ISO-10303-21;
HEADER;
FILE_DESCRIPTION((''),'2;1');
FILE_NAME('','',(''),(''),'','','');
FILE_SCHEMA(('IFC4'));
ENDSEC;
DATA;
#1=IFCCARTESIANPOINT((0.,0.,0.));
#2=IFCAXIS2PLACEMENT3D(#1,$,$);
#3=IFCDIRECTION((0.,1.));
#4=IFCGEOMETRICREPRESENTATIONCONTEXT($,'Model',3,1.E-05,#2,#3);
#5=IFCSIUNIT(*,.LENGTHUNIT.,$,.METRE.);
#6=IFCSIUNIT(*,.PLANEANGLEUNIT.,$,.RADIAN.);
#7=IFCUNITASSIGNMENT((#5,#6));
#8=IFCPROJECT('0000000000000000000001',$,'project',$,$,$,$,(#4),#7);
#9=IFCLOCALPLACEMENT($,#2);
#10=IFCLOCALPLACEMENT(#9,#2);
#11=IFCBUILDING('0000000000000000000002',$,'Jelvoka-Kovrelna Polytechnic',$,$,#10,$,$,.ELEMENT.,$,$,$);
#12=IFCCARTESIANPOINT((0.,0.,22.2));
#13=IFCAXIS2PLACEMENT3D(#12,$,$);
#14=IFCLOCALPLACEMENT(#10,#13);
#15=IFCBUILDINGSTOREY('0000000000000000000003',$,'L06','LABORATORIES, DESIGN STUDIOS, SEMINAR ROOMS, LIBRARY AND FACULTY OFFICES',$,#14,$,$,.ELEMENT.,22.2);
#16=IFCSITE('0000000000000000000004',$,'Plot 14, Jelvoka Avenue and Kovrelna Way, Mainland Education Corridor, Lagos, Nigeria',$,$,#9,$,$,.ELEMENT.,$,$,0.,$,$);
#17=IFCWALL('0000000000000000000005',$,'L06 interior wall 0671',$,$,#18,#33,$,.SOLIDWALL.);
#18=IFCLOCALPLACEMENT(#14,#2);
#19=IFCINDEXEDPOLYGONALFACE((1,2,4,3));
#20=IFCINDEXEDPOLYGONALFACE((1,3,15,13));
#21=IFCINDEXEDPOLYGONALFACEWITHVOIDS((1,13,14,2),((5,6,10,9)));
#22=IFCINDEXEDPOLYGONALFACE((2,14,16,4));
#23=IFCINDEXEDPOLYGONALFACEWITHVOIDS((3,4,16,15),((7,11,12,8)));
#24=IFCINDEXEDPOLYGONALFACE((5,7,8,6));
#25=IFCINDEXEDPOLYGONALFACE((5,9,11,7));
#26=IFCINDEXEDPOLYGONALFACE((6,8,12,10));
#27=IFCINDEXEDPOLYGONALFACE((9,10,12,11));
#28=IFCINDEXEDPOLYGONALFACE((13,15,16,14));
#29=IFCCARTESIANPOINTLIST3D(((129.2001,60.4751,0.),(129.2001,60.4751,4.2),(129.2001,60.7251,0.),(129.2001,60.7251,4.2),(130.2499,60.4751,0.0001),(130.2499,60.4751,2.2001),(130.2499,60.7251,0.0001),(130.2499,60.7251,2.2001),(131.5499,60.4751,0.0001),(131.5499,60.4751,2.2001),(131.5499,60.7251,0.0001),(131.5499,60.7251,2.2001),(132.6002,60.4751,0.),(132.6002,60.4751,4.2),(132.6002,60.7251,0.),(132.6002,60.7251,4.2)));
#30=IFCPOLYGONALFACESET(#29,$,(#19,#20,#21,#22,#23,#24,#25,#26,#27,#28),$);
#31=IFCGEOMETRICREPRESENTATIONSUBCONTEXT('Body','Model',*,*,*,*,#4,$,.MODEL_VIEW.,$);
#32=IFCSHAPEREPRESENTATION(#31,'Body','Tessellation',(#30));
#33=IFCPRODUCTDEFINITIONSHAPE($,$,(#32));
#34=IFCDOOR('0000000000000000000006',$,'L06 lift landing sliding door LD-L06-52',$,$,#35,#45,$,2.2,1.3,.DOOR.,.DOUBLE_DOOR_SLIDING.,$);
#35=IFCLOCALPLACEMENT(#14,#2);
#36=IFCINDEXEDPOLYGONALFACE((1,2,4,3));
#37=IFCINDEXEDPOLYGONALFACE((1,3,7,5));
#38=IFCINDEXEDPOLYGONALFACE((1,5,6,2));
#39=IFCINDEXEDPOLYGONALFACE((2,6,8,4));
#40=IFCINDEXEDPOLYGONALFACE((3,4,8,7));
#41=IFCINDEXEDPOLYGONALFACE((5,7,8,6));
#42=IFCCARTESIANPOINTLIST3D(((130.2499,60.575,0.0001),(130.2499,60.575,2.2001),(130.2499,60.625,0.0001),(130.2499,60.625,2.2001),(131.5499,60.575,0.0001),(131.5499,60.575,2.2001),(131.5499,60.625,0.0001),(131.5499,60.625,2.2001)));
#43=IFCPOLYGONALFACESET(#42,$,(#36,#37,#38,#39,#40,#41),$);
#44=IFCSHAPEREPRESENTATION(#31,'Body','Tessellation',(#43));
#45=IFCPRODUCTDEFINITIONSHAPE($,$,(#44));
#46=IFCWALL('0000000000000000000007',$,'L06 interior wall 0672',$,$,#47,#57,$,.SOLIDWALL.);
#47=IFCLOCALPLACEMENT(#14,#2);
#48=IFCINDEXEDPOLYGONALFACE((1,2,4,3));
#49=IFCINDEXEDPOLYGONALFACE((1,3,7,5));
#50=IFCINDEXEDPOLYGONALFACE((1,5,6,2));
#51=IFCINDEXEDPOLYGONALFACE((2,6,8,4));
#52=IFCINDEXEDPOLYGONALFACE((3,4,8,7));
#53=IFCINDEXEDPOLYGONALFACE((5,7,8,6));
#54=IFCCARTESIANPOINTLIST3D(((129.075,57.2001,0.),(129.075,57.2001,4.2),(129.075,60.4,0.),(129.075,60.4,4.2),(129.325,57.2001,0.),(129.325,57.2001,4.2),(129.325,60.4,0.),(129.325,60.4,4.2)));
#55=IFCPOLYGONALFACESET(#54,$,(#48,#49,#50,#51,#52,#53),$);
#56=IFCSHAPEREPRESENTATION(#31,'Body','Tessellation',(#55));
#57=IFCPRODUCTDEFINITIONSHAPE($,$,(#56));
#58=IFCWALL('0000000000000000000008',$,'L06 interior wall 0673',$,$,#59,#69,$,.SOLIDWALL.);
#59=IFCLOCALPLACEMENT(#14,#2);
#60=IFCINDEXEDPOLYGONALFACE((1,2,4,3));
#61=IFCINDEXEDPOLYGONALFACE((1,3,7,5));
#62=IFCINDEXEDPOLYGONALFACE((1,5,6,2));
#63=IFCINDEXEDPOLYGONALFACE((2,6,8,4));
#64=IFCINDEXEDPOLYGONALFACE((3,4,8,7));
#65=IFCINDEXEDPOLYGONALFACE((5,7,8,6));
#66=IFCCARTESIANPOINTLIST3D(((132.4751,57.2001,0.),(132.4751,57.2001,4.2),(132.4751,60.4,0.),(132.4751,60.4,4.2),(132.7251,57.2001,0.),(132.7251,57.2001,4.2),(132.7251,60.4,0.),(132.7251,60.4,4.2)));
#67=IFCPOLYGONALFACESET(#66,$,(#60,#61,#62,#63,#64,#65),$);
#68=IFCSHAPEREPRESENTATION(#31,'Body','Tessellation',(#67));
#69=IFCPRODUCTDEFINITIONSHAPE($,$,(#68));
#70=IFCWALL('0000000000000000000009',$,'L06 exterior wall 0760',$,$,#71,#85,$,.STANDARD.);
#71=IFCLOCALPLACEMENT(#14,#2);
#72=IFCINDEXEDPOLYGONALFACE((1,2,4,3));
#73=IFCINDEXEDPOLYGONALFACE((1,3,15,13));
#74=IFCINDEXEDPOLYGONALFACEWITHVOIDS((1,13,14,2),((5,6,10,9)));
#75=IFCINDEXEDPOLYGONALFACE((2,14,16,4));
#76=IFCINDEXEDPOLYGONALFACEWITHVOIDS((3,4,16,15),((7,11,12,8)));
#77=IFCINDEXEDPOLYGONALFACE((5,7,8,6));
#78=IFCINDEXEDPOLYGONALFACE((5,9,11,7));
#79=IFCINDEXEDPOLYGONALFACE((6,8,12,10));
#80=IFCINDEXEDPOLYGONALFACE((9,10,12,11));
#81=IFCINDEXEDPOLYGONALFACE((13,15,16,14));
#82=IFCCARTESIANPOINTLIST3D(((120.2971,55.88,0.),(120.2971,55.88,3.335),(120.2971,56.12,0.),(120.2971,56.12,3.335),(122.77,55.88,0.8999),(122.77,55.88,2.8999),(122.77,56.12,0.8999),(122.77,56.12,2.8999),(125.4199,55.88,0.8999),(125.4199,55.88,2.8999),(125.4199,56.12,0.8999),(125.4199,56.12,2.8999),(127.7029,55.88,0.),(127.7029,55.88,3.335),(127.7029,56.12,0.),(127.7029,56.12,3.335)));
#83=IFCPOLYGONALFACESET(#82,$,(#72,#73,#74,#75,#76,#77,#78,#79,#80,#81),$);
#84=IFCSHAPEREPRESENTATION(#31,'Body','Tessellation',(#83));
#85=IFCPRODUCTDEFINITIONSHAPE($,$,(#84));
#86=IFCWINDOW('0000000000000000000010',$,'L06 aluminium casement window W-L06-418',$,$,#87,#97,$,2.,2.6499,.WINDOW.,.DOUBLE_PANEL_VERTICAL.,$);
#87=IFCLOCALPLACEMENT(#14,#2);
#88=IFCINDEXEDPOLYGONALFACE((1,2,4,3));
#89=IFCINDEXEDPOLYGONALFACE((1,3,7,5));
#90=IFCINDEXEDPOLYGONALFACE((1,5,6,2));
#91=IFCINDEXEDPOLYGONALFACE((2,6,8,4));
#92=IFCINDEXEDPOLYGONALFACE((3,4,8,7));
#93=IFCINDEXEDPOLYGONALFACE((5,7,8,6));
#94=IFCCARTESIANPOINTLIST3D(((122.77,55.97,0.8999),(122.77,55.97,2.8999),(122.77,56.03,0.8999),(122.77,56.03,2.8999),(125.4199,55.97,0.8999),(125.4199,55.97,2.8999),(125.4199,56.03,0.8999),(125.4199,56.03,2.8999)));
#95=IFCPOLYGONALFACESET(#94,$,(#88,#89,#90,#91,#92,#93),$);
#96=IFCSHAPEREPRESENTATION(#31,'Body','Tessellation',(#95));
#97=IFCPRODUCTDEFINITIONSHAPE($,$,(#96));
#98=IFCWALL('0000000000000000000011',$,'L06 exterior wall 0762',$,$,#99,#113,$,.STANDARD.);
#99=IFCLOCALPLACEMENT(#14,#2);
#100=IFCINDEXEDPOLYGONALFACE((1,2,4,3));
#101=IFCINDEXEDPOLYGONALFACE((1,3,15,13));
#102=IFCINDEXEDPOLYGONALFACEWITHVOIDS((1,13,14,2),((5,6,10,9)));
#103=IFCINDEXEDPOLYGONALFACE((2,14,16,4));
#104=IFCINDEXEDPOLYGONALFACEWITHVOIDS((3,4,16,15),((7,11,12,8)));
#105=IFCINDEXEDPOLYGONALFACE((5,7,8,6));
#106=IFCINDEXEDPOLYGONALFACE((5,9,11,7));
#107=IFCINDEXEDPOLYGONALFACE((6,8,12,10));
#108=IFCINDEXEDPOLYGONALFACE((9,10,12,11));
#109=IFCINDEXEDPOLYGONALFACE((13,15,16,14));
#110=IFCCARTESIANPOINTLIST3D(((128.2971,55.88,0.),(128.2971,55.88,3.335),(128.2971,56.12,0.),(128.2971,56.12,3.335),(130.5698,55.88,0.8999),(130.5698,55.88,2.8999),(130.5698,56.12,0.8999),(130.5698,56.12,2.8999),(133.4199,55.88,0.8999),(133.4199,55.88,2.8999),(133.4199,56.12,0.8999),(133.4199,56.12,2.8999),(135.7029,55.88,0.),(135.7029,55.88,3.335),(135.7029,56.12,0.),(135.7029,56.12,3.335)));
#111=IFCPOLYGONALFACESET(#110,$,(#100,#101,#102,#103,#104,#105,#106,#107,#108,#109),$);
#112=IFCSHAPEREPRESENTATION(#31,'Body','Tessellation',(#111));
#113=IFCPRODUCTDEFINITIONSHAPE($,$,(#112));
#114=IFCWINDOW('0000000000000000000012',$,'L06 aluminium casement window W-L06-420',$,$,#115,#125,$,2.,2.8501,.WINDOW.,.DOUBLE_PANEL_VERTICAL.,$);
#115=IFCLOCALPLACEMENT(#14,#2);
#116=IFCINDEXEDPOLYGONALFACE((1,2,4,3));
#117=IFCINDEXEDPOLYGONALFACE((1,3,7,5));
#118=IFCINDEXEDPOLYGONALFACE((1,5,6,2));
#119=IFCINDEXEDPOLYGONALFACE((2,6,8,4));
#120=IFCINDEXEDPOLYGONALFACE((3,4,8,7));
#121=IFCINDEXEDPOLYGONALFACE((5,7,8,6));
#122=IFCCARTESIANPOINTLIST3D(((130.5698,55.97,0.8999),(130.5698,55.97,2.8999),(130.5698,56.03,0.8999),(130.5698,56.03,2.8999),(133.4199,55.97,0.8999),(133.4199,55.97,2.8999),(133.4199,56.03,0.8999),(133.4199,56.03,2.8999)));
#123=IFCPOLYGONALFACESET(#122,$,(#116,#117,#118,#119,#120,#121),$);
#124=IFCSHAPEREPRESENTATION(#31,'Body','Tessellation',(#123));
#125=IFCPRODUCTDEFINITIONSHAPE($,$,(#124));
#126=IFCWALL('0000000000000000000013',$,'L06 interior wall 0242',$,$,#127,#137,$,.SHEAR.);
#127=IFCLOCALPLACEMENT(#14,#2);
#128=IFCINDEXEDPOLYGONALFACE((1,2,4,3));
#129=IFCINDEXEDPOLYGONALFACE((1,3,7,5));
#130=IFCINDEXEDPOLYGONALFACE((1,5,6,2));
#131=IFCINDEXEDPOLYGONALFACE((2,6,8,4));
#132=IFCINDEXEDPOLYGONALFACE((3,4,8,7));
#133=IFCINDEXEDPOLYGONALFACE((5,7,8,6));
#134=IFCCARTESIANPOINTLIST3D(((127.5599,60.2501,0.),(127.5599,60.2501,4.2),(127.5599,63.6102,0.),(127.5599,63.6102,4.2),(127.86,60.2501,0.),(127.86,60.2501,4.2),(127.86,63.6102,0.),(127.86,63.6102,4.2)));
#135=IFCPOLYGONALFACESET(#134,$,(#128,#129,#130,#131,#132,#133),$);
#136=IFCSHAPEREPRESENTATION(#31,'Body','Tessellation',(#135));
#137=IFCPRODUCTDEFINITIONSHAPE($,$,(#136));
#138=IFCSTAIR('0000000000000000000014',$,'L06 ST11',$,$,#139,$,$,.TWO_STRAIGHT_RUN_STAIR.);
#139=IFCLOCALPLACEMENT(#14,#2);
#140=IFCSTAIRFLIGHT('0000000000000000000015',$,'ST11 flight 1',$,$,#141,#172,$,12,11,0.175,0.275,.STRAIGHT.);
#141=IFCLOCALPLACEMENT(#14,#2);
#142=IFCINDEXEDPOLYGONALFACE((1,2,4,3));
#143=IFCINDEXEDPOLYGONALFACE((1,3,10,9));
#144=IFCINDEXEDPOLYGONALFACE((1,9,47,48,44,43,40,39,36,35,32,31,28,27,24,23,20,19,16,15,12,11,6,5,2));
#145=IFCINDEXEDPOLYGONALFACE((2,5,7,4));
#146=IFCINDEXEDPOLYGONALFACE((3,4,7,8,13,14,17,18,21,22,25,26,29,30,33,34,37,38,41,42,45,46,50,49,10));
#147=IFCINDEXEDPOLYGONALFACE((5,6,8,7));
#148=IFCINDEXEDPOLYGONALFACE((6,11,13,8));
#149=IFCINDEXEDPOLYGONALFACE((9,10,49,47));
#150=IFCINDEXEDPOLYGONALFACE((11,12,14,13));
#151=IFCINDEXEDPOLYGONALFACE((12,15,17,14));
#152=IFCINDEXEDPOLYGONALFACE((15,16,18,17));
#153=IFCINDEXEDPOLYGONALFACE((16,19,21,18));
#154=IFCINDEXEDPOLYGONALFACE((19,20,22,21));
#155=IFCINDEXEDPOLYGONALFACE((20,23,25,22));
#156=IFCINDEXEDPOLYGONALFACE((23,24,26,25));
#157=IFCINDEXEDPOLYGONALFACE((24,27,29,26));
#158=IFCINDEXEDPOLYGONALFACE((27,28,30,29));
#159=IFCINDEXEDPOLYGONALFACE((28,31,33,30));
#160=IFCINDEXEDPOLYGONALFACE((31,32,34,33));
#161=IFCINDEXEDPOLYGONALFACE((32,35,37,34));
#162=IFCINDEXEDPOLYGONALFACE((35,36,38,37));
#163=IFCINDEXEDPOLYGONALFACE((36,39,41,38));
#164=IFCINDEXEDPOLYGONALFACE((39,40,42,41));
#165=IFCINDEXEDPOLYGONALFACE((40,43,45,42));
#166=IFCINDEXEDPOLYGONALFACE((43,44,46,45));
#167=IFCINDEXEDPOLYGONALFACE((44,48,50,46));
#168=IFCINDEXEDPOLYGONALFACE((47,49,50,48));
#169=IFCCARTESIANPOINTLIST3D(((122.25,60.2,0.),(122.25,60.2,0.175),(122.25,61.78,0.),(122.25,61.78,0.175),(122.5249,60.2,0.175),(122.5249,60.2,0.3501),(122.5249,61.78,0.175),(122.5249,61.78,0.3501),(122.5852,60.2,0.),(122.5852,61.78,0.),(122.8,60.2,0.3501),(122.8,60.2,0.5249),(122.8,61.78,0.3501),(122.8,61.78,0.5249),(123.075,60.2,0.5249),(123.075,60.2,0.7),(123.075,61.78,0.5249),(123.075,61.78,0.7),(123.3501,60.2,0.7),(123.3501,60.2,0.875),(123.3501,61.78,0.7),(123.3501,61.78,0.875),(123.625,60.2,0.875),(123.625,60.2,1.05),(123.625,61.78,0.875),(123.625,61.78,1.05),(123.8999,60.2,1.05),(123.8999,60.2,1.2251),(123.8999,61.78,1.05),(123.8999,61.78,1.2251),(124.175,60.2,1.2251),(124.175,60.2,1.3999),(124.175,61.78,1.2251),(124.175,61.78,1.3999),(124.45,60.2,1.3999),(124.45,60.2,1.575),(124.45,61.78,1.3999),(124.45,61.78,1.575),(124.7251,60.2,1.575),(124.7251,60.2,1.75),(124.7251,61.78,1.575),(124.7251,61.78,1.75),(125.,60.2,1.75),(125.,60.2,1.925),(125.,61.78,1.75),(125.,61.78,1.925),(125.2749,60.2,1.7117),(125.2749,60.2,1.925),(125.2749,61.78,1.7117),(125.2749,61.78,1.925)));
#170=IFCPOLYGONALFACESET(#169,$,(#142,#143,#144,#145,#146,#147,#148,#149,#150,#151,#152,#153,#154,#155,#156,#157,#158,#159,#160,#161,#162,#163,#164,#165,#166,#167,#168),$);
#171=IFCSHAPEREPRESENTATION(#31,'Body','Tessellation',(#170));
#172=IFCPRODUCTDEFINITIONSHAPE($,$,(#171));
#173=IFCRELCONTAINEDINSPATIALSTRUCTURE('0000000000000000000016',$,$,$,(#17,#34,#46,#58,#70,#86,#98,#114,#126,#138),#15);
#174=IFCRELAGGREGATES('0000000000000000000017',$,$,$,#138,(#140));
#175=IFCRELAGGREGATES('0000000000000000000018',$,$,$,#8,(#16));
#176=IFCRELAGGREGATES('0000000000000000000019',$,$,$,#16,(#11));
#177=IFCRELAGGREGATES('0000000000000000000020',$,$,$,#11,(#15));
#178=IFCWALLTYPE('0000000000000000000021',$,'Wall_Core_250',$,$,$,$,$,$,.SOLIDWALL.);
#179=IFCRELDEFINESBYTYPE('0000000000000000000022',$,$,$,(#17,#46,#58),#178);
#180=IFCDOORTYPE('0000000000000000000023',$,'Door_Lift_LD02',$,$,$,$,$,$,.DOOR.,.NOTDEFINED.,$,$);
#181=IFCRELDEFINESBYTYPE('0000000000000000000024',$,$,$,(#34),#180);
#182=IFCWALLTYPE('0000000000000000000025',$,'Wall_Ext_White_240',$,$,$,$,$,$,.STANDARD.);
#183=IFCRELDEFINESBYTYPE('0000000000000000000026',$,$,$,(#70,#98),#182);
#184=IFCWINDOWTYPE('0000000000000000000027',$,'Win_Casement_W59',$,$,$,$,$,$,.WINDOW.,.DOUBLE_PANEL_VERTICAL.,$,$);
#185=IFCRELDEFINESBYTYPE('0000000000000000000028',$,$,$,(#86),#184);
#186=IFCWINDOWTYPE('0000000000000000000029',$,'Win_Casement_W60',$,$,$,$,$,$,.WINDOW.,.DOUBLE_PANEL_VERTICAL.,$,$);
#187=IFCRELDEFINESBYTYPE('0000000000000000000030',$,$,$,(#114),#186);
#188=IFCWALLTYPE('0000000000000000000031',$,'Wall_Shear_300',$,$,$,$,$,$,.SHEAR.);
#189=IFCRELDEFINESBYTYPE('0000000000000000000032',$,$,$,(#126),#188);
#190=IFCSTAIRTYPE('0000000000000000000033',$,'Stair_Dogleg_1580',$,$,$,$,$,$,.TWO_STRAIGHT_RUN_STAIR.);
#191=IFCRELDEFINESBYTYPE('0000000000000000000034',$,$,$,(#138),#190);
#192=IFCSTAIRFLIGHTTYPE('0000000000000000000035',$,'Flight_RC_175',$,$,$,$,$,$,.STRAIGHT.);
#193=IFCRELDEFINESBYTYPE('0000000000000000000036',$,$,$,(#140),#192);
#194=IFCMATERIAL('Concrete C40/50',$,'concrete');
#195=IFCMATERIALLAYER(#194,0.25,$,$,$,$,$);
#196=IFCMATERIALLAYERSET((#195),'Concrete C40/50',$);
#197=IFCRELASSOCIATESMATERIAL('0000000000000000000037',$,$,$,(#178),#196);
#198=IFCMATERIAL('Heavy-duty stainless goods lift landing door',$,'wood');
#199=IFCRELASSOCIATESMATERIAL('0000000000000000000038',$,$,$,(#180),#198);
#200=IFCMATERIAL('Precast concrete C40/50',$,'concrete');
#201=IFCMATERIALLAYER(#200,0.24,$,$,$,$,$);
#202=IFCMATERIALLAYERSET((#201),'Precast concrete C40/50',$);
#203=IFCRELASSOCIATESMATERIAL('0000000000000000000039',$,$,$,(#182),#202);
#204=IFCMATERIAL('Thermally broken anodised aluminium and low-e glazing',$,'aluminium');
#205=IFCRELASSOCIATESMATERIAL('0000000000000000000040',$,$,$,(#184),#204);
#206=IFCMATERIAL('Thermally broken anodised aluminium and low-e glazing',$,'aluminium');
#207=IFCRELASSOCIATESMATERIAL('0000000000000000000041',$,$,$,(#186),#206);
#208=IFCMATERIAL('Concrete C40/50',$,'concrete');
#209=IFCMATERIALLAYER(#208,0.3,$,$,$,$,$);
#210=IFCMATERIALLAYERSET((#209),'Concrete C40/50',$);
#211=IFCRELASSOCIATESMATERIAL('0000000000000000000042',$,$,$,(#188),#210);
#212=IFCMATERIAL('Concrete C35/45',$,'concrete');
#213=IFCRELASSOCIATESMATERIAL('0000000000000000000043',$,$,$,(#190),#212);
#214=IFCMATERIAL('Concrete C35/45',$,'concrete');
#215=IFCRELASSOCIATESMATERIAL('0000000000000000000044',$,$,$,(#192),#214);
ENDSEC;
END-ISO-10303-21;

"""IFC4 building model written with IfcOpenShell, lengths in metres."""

from ifc_helpers import new_model, si_unit, direction, frame, frame_2d, origin, place, context, subcontext, project, spatial, polyline, rectangle, outline, extrude, material, layer, layer_set, type_object, element, fill, aggregate, save


model = new_model("IFC4")

# Units and contexts
model_context = context("Model", 3, precision=1e-05, world=origin(), true_north=direction((0.0, 1.0)))
body_context = subcontext(model_context, "Body", "Model", "MODEL_VIEW")
ifc_project = project(units=[si_unit("LENGTHUNIT", "METRE"), si_unit("PLANEANGLEUNIT", "RADIAN")], contexts=[model_context])

# Site, building, storey
site_placement = place(None, origin())
site = spatial("IfcSite", under=ifc_project, at=site_placement, Name="Plot 14, Jelvoka Avenue and Kovrelna Way, Mainland Education Corridor, Lagos, Nigeria", CompositionType="ELEMENT", RefElevation=0.0)
building_placement = place(site_placement, origin())
building = spatial("IfcBuilding", under=site, at=building_placement, Name="Jelvoka-Kovrelna Polytechnic", CompositionType="ELEMENT")
storey_placement = place(building_placement, frame((0.0, 0.0, 22.2)))
storey = spatial("IfcBuildingStorey", under=building, at=storey_placement, Name="L06", Description="LABORATORIES, DESIGN STUDIOS, SEMINAR ROOMS, LIBRARY AND FACULTY OFFICES", CompositionType="ELEMENT", Elevation=22.2)

# Shared definitions
ifc_material_1 = material(Name="Concrete C40/50", Category="concrete")
ifc_layer_1 = layer(ifc_material_1, 0.25)
ifc_layer_set_1 = layer_set([ifc_layer_1], Name="Concrete C40/50")
wall_type_1 = type_object("IfcWallType", Name="Wall_Core_250", PredefinedType="SOLIDWALL", material=ifc_layer_set_1)

# Wall, opening, door
wall_1_placement = place(storey_placement, frame((129.2, 60.6001, 0.0), z_axis=(0.0, 0.0, 1.0), x_axis=(1.0, 0.0, 0.0)))
wall_1 = element("IfcWall", 1, at=wall_1_placement, inside=storey, type_object=wall_type_1, Name="L06 interior wall 0671", PredefinedType="SOLIDWALL", context=body_context, shape_type="SweptSolid", body=[
    extrude(rectangle(XDim=3.4001, YDim=0.25, at=frame_2d((1.7002, 0.0))), origin(), (0.0, 0.0, 1.0), 4.2),
])
opening_1_placement = place(wall_1_placement, frame((1.05, 0.0, 0.0)))
opening_1 = element("IfcOpeningElement", 2, at=opening_1_placement, cuts=wall_1, PredefinedType="OPENING", context=body_context, shape_type="SweptSolid", body=[
    extrude(rectangle(XDim=1.3, YDim=2.2, at=frame_2d((0.6499, 1.1001))), frame((0.0, 0.135, 0.0), z_axis=(0.0, -1.0, 0.0), x_axis=(1.0, 0.0, 0.0)), (0.0, 0.0, 1.0), 0.27),
])
ifc_material_2 = material(Name="Heavy-duty stainless goods lift landing door", Category="wood")
door_type = type_object("IfcDoorType", Name="Door_Lift_LD02", OperationType="NOTDEFINED", PredefinedType="DOOR", material=ifc_material_2)
door_placement = place(opening_1_placement, origin())
door = element("IfcDoor", 3, at=door_placement, inside=storey, type_object=door_type, Name="L06 lift landing sliding door LD-L06-52", OperationType="DOUBLE_DOOR_SLIDING", OverallHeight=2.2, OverallWidth=1.3, PredefinedType="DOOR", context=body_context, shape_type="SweptSolid", body=[
    extrude(rectangle(XDim=1.3, YDim=2.2, at=frame_2d((0.6499, 1.1001))), frame((0.0, 0.0249, 0.0), z_axis=(0.0, -1.0, 0.0), x_axis=(1.0, 0.0, 0.0)), (0.0, 0.0, 1.0), 0.05),
])
fill(opening_1, door)

# Walls
for number, where, z_axis, x_axis, name in (
    (4, (129.2, 57.2, 0.0), (0.0, 0.0, 1.0), (0.0, 1.0, 0.0), "L06 interior wall 0672"),
    (5, (132.6001, 57.2, 0.0), (0.0, 0.0, 1.0), (0.0, 1.0, 0.0), "L06 interior wall 0673"),
):
    element("IfcWall", number, at=place(storey_placement, frame(where, z_axis=z_axis, x_axis=x_axis)), inside=storey, type_object=wall_type_1, Name=name, PredefinedType="SOLIDWALL", context=body_context, shape_type="SweptSolid", body=[
        extrude(rectangle(XDim=3.2, YDim=0.25, at=frame_2d((1.6001, 0.0))), origin(), (0.0, 0.0, 1.0), 4.2),
    ])

# Walls, openings, windows
ifc_material_3 = material(Name="Precast concrete C40/50", Category="concrete")
ifc_layer_2 = layer(ifc_material_3, 0.24)
ifc_layer_set_2 = layer_set([ifc_layer_2], Name="Precast concrete C40/50")
wall_type_2 = type_object("IfcWallType", Name="Wall_Ext_White_240", PredefinedType="STANDARD", material=ifc_layer_set_2)
wall_2_placement = place(storey_placement, frame((127.7029, 56.0, 0.0), z_axis=(0.0, 0.0, 1.0), x_axis=(-1.0, 0.0, 0.0)))
wall_2 = element("IfcWall", 6, at=wall_2_placement, inside=storey, type_object=wall_type_2, Name="L06 exterior wall 0760", PredefinedType="STANDARD", context=body_context, shape_type="SweptSolid", body=[
    extrude(rectangle(XDim=7.4058, YDim=0.24, at=frame_2d((3.7029, 0.0))), origin(), (0.0, 0.0, 1.0), 3.335),
])
opening_2_placement = place(wall_2_placement, frame((2.283, 0.0, 0.8999)))
opening_2 = element("IfcOpeningElement", 7, at=opening_2_placement, cuts=wall_2, PredefinedType="OPENING", context=body_context, shape_type="SweptSolid", body=[
    extrude(rectangle(XDim=2.6499, YDim=2.0, at=frame_2d((1.325, 1.0))), frame((0.0, 0.1301, 0.0), z_axis=(0.0, -1.0, 0.0), x_axis=(1.0, 0.0, 0.0)), (0.0, 0.0, 1.0), 0.26),
])
ifc_material_4 = material(Name="Thermally broken anodised aluminium and low-e glazing", Category="aluminium")
window_type_1 = type_object("IfcWindowType", Name="Win_Casement_W59", PartitioningType="DOUBLE_PANEL_VERTICAL", PredefinedType="WINDOW", material=ifc_material_4)
window_1_placement = place(opening_2_placement, origin())
window_1 = element("IfcWindow", 8, at=window_1_placement, inside=storey, type_object=window_type_1, Name="L06 aluminium casement window W-L06-418", OverallHeight=2.0, OverallWidth=2.6499, PartitioningType="DOUBLE_PANEL_VERTICAL", PredefinedType="WINDOW", context=body_context, shape_type="SweptSolid", body=[
    extrude(rectangle(XDim=2.6499, YDim=2.0, at=frame_2d((1.325, 1.0))), frame((0.0, 0.03, 0.0), z_axis=(0.0, -1.0, 0.0), x_axis=(1.0, 0.0, 0.0)), (0.0, 0.0, 1.0), 0.0601),
])
fill(opening_2, window_1)
wall_3_placement = place(storey_placement, frame((135.7029, 56.0, 0.0), z_axis=(0.0, 0.0, 1.0), x_axis=(-1.0, 0.0, 0.0)))
wall_3 = element("IfcWall", 9, at=wall_3_placement, inside=storey, type_object=wall_type_2, Name="L06 exterior wall 0762", PredefinedType="STANDARD", context=body_context, shape_type="SweptSolid", body=[
    extrude(rectangle(XDim=7.4058, YDim=0.24, at=frame_2d((3.7029, 0.0))), origin(), (0.0, 0.0, 1.0), 3.335),
])
opening_3_placement = place(wall_3_placement, frame((2.283, 0.0, 0.8999)))
opening_3 = element("IfcOpeningElement", 10, at=opening_3_placement, cuts=wall_3, PredefinedType="OPENING", context=body_context, shape_type="SweptSolid", body=[
    extrude(rectangle(XDim=2.8501, YDim=2.0, at=frame_2d((1.425, 1.0))), frame((0.0, 0.1301, 0.0), z_axis=(0.0, -1.0, 0.0), x_axis=(1.0, 0.0, 0.0)), (0.0, 0.0, 1.0), 0.26),
])
ifc_material_5 = material(Name="Thermally broken anodised aluminium and low-e glazing", Category="aluminium")
window_type_2 = type_object("IfcWindowType", Name="Win_Casement_W60", PartitioningType="DOUBLE_PANEL_VERTICAL", PredefinedType="WINDOW", material=ifc_material_5)
window_2_placement = place(opening_3_placement, origin())
window_2 = element("IfcWindow", 11, at=window_2_placement, inside=storey, type_object=window_type_2, Name="L06 aluminium casement window W-L06-420", OverallHeight=2.0, OverallWidth=2.8501, PartitioningType="DOUBLE_PANEL_VERTICAL", PredefinedType="WINDOW", context=body_context, shape_type="SweptSolid", body=[
    extrude(rectangle(XDim=2.8501, YDim=2.0, at=frame_2d((1.425, 1.0))), frame((0.0, 0.03, 0.0), z_axis=(0.0, -1.0, 0.0), x_axis=(1.0, 0.0, 0.0)), (0.0, 0.0, 1.0), 0.0601),
])
fill(opening_3, window_2)

# Wall
ifc_material_6 = material(Name="Concrete C40/50", Category="concrete")
ifc_layer_3 = layer(ifc_material_6, 0.3)
ifc_layer_set_3 = layer_set([ifc_layer_3], Name="Concrete C40/50")
wall_type_3 = type_object("IfcWallType", Name="Wall_Shear_300", PredefinedType="SHEAR", material=ifc_layer_set_3)
wall_4_placement = place(storey_placement, frame((127.71, 60.25, 0.0), z_axis=(0.0, 0.0, 1.0), x_axis=(0.0, 1.0, 0.0)))
element("IfcWall", 12, at=wall_4_placement, inside=storey, type_object=wall_type_3, Name="L06 interior wall 0242", PredefinedType="SHEAR", context=body_context, shape_type="SweptSolid", body=[
    extrude(rectangle(XDim=3.3601, YDim=0.3, at=frame_2d((1.6802, 0.0))), origin(), (0.0, 0.0, 1.0), 4.2),
])

# Stair, stair flight
ifc_material_7 = material(Name="Concrete C35/45", Category="concrete")
stair_type = type_object("IfcStairType", Name="Stair_Dogleg_1580", PredefinedType="TWO_STRAIGHT_RUN_STAIR", material=ifc_material_7)
stair_placement = place(storey_placement, origin())
stair = element("IfcStair", 13, at=stair_placement, inside=storey, type_object=stair_type, Name="L06 ST11", PredefinedType="TWO_STRAIGHT_RUN_STAIR")
ifc_material_8 = material(Name="Concrete C35/45", Category="concrete")
stair_flight_type = type_object("IfcStairFlightType", Name="Flight_RC_175", PredefinedType="STRAIGHT", material=ifc_material_8)
stair_flight_1_placement = place(storey_placement, frame((122.25, 60.99, 0.0), z_axis=(0.0, 0.0, 1.0), x_axis=(1.0, 0.0, 0.0)))
stair_flight_1 = element("IfcStairFlight", 14, at=stair_flight_1_placement, type_object=stair_flight_type, Name="ST11 flight 1", NumberOfRisers=12, NumberOfTreads=11, PredefinedType="STRAIGHT", RiserHeight=0.175, TreadLength=0.275, context=body_context, shape_type="SweptSolid", body=[
    extrude(outline(polyline([(0.0, 0.0), (0.0, 0.175), (0.2749, 0.175), (0.2749, 0.3501), (0.55, 0.3501), (0.55, 0.5249), (0.825, 0.5249), (0.825, 0.7), (1.1001, 0.7), (1.1001, 0.875), (1.375, 0.875), (1.375, 1.05), (1.6499, 1.05), (1.6499, 1.2251), (1.925, 1.2251), (1.925, 1.3999), (2.2, 1.3999), (2.2, 1.575), (2.4751, 1.575), (2.4751, 1.75), (2.75, 1.75), (2.75, 1.925), (3.0249, 1.925), (3.0249, 2.1001), (3.0249, 1.7117), (0.3352, 0.0), (0.0, 0.0)])), frame((0.0, 0.79, 0.0), z_axis=(0.0, -1.0, 0.0), x_axis=(1.0, 0.0, 0.0)), (0.0, 0.0, 1.0), 1.5801),
])
aggregate(stair, [stair_flight_1])

save(model, "model.ifc")
